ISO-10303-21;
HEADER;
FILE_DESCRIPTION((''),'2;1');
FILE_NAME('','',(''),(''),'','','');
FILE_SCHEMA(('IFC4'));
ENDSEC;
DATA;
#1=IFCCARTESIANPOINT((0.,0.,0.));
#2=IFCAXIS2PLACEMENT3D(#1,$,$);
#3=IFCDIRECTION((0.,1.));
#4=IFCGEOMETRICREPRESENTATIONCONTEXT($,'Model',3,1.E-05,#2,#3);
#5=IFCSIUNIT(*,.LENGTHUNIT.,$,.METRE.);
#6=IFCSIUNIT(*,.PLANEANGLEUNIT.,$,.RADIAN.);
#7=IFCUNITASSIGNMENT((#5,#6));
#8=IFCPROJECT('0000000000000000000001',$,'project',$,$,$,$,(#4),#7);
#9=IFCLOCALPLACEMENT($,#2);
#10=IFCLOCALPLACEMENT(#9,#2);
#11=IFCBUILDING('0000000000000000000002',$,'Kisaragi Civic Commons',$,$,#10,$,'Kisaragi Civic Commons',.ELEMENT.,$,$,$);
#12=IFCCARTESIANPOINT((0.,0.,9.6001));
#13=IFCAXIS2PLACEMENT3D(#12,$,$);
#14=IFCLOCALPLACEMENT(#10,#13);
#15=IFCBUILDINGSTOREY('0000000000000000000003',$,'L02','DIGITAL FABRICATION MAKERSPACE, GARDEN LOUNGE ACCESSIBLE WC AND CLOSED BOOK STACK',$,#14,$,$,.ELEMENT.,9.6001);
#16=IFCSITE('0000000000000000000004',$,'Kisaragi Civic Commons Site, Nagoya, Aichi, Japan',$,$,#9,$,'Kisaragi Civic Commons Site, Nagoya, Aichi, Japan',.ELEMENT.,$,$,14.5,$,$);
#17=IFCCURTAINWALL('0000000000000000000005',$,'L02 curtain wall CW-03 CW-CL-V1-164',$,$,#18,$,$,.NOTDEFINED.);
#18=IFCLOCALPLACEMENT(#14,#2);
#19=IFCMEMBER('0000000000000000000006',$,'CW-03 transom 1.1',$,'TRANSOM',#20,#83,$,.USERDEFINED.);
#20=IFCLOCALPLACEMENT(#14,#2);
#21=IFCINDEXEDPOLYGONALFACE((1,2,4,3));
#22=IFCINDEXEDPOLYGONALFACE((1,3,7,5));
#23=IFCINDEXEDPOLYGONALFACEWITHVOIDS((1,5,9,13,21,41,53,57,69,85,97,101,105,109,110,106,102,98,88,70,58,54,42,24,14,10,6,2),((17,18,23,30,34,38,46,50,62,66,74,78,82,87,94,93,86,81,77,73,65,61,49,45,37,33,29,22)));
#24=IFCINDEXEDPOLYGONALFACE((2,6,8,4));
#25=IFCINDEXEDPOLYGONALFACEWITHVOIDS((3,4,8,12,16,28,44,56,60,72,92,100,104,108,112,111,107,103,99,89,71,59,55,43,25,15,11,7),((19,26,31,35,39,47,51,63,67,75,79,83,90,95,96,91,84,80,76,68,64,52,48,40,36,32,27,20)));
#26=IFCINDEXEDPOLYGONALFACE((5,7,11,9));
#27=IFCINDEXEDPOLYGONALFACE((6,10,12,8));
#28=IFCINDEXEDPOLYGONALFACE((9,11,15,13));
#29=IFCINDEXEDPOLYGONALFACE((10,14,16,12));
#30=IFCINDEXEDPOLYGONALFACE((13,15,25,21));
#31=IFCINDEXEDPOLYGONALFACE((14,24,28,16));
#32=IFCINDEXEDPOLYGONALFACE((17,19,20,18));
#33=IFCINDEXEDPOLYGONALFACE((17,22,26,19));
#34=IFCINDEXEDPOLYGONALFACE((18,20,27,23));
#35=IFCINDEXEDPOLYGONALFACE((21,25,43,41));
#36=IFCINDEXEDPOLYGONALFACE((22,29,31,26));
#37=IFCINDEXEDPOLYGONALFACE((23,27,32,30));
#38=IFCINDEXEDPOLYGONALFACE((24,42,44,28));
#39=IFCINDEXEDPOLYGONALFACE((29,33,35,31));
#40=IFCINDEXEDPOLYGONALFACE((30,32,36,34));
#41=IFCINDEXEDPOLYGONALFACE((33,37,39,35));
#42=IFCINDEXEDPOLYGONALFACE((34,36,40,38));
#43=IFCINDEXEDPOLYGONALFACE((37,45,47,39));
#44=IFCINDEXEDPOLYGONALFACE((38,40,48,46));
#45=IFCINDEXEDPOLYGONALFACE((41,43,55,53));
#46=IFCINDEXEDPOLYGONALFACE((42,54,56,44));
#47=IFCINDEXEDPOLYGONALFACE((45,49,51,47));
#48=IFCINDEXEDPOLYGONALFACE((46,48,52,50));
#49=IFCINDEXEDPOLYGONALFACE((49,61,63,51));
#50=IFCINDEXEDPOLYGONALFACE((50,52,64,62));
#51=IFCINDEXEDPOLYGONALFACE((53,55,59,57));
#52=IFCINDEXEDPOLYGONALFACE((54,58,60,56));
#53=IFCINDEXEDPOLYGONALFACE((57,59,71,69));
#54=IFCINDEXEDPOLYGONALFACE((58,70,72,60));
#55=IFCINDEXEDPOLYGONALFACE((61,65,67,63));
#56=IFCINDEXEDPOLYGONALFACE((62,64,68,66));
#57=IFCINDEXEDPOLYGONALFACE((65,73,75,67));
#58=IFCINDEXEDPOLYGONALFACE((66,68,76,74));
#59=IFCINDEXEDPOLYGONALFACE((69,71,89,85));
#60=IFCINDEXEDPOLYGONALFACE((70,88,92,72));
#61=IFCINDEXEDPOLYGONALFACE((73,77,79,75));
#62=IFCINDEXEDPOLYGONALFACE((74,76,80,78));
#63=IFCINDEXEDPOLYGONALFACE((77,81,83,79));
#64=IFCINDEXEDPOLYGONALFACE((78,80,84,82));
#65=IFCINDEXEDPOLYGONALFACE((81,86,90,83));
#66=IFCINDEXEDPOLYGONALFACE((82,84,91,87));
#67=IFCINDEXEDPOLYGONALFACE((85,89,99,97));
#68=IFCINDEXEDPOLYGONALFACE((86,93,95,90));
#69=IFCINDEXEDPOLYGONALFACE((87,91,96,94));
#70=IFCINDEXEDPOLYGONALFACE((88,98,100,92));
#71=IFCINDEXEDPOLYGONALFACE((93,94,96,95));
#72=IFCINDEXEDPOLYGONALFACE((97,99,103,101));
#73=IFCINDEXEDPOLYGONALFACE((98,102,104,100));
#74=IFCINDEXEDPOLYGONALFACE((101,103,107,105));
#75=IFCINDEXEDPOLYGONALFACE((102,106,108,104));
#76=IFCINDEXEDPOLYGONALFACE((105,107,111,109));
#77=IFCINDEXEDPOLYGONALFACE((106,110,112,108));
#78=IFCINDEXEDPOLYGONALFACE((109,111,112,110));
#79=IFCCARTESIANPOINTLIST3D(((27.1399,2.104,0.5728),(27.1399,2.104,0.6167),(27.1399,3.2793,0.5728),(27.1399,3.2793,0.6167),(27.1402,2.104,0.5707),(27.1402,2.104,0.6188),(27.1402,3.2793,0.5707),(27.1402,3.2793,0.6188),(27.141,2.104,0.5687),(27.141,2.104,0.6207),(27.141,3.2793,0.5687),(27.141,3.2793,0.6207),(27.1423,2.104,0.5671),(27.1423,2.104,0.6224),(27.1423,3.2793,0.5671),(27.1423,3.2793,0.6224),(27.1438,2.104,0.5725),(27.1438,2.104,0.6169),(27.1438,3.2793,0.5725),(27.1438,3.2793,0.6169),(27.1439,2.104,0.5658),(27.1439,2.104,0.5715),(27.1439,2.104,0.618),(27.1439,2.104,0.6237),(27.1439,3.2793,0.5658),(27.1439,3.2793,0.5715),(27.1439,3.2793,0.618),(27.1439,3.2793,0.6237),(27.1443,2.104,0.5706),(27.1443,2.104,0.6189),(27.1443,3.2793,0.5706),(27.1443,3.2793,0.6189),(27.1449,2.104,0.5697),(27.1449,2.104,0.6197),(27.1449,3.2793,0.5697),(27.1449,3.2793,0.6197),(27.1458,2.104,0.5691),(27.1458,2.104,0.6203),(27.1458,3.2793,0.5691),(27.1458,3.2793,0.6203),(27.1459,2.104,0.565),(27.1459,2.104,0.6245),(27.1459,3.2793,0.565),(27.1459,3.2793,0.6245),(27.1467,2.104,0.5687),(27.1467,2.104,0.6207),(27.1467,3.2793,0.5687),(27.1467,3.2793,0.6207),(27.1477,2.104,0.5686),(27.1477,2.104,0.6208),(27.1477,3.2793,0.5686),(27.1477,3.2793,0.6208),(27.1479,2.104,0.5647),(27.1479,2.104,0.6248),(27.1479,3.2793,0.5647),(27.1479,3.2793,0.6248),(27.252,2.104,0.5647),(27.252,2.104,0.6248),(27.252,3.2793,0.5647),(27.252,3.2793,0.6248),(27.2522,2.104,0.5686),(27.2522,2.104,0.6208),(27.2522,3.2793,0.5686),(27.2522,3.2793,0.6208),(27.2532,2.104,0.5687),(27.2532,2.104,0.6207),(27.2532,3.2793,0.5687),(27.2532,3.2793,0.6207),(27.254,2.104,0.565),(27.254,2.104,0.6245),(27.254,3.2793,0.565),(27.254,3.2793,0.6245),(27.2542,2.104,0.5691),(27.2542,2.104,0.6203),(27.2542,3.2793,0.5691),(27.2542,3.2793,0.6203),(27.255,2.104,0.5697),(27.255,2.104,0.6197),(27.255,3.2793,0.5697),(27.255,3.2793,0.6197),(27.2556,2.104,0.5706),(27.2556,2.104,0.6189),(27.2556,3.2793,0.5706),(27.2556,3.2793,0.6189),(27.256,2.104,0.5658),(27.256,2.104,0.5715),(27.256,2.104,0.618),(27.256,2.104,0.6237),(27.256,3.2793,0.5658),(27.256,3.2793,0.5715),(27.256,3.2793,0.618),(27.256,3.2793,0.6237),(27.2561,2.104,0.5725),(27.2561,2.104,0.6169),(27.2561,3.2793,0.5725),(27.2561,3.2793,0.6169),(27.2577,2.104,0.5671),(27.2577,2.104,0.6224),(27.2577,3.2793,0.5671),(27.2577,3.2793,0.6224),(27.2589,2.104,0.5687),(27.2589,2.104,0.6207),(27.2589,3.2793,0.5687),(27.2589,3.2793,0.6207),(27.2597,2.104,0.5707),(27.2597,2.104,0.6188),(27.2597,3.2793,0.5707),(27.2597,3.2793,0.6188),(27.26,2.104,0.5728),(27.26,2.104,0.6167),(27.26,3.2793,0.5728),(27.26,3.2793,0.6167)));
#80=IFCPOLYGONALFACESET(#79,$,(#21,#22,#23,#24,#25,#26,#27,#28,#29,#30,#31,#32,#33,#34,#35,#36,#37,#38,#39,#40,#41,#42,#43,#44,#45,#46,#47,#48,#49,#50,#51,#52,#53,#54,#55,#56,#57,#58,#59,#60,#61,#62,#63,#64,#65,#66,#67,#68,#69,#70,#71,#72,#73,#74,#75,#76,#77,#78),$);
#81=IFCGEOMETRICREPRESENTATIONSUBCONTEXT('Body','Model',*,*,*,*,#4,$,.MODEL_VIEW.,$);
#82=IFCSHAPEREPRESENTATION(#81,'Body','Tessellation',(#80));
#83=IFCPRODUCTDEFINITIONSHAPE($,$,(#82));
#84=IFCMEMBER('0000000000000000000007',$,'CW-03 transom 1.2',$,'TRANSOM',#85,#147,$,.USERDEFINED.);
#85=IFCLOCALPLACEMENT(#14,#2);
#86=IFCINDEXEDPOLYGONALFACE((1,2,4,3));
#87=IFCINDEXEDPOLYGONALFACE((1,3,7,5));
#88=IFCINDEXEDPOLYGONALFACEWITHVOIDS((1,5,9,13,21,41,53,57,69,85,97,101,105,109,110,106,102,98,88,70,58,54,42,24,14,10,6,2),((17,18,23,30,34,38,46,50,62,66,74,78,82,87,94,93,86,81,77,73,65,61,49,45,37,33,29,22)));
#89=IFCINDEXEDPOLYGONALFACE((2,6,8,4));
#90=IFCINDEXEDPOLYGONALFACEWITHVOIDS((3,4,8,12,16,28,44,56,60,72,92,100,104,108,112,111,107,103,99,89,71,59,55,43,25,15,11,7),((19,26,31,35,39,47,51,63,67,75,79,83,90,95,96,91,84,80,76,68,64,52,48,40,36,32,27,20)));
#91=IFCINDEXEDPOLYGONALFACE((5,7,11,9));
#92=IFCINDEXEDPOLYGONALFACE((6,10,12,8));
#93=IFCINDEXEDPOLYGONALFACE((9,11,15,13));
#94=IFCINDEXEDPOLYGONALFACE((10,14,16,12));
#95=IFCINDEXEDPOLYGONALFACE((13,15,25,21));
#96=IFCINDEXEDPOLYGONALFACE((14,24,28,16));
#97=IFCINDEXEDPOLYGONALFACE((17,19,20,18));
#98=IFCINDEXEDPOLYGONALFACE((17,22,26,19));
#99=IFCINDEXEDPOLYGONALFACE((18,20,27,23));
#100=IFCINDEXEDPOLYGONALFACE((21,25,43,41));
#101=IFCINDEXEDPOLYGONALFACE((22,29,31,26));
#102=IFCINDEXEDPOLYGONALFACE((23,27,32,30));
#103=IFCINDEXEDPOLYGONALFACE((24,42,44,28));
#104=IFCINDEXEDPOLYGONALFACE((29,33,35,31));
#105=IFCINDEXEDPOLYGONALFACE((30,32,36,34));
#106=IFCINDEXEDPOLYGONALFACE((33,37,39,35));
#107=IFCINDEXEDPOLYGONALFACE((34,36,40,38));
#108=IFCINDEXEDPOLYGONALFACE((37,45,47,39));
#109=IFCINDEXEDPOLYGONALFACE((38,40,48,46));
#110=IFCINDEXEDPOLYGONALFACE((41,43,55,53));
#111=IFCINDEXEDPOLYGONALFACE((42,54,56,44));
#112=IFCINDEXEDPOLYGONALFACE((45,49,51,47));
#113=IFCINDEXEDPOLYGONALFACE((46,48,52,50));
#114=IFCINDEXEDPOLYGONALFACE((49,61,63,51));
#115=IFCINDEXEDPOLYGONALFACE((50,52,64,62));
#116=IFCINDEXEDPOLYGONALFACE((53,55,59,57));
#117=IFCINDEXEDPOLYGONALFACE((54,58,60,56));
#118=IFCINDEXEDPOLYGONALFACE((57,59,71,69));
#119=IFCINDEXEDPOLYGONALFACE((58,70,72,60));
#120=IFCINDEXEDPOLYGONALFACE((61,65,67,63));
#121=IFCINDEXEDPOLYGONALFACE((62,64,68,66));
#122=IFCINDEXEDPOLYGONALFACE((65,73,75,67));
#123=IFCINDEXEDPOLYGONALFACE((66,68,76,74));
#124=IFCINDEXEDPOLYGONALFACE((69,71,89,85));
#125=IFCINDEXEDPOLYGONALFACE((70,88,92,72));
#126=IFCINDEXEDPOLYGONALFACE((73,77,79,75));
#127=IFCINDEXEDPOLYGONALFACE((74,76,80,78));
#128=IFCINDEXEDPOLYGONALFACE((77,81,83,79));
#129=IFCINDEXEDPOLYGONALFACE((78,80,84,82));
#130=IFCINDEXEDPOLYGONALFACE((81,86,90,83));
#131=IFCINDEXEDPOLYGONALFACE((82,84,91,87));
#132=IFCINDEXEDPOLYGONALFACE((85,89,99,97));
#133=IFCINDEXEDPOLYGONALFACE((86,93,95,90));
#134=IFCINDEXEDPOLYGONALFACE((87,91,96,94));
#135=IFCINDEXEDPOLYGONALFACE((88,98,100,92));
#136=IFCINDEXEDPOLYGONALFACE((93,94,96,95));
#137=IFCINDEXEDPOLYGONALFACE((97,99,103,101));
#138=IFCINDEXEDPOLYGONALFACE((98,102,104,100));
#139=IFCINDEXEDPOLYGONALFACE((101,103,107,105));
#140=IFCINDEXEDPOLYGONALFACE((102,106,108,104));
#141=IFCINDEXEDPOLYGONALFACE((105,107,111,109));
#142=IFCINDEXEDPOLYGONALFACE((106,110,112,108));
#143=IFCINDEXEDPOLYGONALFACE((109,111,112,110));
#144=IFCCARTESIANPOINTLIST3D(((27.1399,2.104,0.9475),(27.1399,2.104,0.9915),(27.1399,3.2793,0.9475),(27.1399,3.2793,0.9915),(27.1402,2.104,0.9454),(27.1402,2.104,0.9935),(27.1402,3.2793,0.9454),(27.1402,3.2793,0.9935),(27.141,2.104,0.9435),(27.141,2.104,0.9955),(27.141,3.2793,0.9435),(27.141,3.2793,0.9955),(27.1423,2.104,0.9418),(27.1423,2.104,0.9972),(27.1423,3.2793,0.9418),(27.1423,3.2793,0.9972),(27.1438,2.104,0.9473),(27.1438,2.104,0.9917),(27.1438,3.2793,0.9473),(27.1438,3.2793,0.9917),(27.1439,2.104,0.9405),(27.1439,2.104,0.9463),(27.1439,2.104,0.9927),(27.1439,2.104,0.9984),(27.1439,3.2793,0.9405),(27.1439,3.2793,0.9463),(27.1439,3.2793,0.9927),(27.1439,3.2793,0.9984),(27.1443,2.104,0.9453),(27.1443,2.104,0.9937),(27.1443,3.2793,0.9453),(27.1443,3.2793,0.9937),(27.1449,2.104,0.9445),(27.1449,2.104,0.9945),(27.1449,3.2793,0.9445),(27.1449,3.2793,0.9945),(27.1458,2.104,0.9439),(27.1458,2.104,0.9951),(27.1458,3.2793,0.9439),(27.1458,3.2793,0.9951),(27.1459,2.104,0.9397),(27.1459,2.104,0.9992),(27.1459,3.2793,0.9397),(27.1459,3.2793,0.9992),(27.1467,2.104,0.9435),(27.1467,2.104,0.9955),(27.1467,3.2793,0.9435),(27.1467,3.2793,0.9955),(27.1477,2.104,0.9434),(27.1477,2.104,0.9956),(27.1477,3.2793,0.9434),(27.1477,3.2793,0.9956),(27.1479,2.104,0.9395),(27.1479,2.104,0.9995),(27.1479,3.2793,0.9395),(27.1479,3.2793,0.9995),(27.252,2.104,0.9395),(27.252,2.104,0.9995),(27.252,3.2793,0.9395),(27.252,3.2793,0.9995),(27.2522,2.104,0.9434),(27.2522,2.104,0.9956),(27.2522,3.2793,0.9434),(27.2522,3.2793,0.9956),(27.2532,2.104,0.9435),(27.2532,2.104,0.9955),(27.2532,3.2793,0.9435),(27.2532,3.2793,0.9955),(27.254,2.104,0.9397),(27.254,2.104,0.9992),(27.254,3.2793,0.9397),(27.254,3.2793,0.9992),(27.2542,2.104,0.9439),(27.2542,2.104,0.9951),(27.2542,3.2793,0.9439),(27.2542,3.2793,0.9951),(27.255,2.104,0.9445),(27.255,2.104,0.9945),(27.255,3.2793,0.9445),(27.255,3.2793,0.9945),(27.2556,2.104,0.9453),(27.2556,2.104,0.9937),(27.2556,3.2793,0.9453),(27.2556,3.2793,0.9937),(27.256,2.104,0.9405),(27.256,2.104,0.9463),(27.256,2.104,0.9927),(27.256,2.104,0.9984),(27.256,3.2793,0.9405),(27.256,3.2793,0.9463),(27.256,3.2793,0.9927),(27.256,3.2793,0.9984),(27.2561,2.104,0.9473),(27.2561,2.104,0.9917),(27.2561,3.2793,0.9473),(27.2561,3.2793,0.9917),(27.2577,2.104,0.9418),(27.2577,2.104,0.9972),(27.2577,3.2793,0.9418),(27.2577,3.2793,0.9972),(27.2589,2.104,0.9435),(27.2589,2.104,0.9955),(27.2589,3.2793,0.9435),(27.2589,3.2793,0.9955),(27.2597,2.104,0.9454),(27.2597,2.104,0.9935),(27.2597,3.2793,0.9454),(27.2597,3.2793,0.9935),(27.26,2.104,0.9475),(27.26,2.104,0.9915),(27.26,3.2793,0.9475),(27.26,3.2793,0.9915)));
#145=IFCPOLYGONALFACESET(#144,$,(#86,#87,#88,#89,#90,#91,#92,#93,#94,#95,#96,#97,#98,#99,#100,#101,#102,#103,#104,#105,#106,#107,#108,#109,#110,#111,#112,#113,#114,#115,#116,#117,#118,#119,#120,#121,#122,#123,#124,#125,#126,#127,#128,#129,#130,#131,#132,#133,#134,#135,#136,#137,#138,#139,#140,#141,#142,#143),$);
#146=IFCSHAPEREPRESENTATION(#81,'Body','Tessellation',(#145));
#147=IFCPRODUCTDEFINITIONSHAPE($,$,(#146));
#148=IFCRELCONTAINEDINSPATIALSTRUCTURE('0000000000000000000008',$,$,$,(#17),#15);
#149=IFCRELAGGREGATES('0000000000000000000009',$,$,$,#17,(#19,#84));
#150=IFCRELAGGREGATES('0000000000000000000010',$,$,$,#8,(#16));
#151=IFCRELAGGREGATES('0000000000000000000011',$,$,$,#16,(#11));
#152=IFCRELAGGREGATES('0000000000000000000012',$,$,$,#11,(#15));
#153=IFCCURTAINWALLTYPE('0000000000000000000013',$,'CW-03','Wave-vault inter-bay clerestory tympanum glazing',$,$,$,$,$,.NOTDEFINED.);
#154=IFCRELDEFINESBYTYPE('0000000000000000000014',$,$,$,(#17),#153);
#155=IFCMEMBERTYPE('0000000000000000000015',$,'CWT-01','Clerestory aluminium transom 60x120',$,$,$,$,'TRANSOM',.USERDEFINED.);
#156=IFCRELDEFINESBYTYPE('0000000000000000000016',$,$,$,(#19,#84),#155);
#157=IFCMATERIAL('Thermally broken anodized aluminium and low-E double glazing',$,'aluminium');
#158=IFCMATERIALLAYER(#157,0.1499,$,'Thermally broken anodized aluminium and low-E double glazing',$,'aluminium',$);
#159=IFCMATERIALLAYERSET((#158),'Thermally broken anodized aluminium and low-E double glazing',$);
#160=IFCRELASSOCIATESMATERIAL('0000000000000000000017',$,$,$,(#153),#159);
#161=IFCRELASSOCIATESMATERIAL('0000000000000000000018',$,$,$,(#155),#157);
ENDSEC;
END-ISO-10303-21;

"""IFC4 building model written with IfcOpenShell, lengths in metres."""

from ifc_helpers import new_model, si_unit, direction, frame, origin, origin_2d, place, context, subcontext, project, spatial, hollow_rectangle, extrude, material, layer, layer_set, material_profile, profile_set, type_object, element, aggregate, save


model = new_model("IFC4")

# Units and contexts
model_context = context("Model", 3, precision=1e-05, world=origin(), true_north=direction((0.0, 1.0)))
body_context = subcontext(model_context, "Body", "Model", "MODEL_VIEW")
ifc_project = project(units=[si_unit("LENGTHUNIT", "METRE"), si_unit("PLANEANGLEUNIT", "RADIAN")], contexts=[model_context])

# Site, building, storey
site_placement = place(None, origin())
site = spatial("IfcSite", under=ifc_project, at=site_placement, Name="Kisaragi Civic Commons Site, Nagoya, Aichi, Japan", LongName="Kisaragi Civic Commons Site, Nagoya, Aichi, Japan", CompositionType="ELEMENT", RefElevation=14.5)
building_placement = place(site_placement, origin())
building = spatial("IfcBuilding", under=site, at=building_placement, Name="Kisaragi Civic Commons", LongName="Kisaragi Civic Commons", CompositionType="ELEMENT")
storey_placement = place(building_placement, frame((0.0, 0.0, 9.6001)))
storey = spatial("IfcBuildingStorey", under=building, at=storey_placement, Name="L02", Description="DIGITAL FABRICATION MAKERSPACE, GARDEN LOUNGE ACCESSIBLE WC AND CLOSED BOOK STACK", CompositionType="ELEMENT", Elevation=9.6001)

# Curtain wall
ifc_material_1 = material(Name="Thermally broken anodized aluminium and low-E double glazing", Category="aluminium")
ifc_layer_1 = layer(ifc_material_1, 0.1499, Name="Thermally broken anodized aluminium and low-E double glazing", Category="aluminium")
ifc_layer_set_1 = layer_set([ifc_layer_1], Name="Thermally broken anodized aluminium and low-E double glazing")
curtain_wall_type = type_object("IfcCurtainWallType", Name="CW-03", Description="Wave-vault inter-bay clerestory tympanum glazing", PredefinedType="NOTDEFINED", material=ifc_layer_set_1)
curtain_wall_1_placement = place(storey_placement, origin())
curtain_wall_1 = element("IfcCurtainWall", 1, at=curtain_wall_1_placement, inside=storey, type_object=curtain_wall_type, Name="L02 curtain wall CW-03 CW-CL-V1-164", PredefinedType="NOTDEFINED")

# Members
ifc_material_profile_1 = material_profile(ifc_material_1, hollow_rectangle(XDim=0.1201, YDim=0.0601, WallThickness=0.0039, InnerFilletRadius=0.0039, OuterFilletRadius=0.0081, at=origin_2d()), Name="CWT-60x120x4", Category="aluminium")
ifc_profile_set_1 = profile_set([ifc_material_profile_1], Name="Thermally broken anodized aluminium and low-E double glazing")
member_type_1 = type_object("IfcMemberType", Name="CWT-01", Description="Clerestory aluminium transom 60x120", ElementType="TRANSOM", PredefinedType="USERDEFINED", material=ifc_profile_set_1)
member_1_placement = place(storey_placement, frame((27.2, 2.104, 0.5947), z_axis=(0.0, 1.0, 0.0), x_axis=(-1.0, 0.0, 0.0)))
member_1 = element("IfcMember", 2, at=member_1_placement, type_object=member_type_1, Name="CW-03 transom 1.1", ObjectType="TRANSOM", PredefinedType="USERDEFINED", context=body_context, shape_type="SweptSolid", body=[
    extrude(hollow_rectangle(XDim=0.1201, YDim=0.0601, WallThickness=0.0039, InnerFilletRadius=0.0039, OuterFilletRadius=0.0081, at=origin_2d()), origin(), (0.0, 0.0, 1.0), 1.1753),
])
member_2_placement = place(storey_placement, frame((27.2, 2.104, 0.9695), z_axis=(0.0, 1.0, 0.0), x_axis=(-1.0, 0.0, 0.0)))
member_2 = element("IfcMember", 3, at=member_2_placement, type_object=member_type_1, Name="CW-03 transom 1.2", ObjectType="TRANSOM", PredefinedType="USERDEFINED", context=body_context, shape_type="SweptSolid", body=[
    extrude(hollow_rectangle(XDim=0.1201, YDim=0.0601, WallThickness=0.0039, InnerFilletRadius=0.0039, OuterFilletRadius=0.0081, at=origin_2d()), origin(), (0.0, 0.0, 1.0), 1.1753),
])

aggregate(curtain_wall_1, [member_1, member_2])

save(model, "model.ifc")
